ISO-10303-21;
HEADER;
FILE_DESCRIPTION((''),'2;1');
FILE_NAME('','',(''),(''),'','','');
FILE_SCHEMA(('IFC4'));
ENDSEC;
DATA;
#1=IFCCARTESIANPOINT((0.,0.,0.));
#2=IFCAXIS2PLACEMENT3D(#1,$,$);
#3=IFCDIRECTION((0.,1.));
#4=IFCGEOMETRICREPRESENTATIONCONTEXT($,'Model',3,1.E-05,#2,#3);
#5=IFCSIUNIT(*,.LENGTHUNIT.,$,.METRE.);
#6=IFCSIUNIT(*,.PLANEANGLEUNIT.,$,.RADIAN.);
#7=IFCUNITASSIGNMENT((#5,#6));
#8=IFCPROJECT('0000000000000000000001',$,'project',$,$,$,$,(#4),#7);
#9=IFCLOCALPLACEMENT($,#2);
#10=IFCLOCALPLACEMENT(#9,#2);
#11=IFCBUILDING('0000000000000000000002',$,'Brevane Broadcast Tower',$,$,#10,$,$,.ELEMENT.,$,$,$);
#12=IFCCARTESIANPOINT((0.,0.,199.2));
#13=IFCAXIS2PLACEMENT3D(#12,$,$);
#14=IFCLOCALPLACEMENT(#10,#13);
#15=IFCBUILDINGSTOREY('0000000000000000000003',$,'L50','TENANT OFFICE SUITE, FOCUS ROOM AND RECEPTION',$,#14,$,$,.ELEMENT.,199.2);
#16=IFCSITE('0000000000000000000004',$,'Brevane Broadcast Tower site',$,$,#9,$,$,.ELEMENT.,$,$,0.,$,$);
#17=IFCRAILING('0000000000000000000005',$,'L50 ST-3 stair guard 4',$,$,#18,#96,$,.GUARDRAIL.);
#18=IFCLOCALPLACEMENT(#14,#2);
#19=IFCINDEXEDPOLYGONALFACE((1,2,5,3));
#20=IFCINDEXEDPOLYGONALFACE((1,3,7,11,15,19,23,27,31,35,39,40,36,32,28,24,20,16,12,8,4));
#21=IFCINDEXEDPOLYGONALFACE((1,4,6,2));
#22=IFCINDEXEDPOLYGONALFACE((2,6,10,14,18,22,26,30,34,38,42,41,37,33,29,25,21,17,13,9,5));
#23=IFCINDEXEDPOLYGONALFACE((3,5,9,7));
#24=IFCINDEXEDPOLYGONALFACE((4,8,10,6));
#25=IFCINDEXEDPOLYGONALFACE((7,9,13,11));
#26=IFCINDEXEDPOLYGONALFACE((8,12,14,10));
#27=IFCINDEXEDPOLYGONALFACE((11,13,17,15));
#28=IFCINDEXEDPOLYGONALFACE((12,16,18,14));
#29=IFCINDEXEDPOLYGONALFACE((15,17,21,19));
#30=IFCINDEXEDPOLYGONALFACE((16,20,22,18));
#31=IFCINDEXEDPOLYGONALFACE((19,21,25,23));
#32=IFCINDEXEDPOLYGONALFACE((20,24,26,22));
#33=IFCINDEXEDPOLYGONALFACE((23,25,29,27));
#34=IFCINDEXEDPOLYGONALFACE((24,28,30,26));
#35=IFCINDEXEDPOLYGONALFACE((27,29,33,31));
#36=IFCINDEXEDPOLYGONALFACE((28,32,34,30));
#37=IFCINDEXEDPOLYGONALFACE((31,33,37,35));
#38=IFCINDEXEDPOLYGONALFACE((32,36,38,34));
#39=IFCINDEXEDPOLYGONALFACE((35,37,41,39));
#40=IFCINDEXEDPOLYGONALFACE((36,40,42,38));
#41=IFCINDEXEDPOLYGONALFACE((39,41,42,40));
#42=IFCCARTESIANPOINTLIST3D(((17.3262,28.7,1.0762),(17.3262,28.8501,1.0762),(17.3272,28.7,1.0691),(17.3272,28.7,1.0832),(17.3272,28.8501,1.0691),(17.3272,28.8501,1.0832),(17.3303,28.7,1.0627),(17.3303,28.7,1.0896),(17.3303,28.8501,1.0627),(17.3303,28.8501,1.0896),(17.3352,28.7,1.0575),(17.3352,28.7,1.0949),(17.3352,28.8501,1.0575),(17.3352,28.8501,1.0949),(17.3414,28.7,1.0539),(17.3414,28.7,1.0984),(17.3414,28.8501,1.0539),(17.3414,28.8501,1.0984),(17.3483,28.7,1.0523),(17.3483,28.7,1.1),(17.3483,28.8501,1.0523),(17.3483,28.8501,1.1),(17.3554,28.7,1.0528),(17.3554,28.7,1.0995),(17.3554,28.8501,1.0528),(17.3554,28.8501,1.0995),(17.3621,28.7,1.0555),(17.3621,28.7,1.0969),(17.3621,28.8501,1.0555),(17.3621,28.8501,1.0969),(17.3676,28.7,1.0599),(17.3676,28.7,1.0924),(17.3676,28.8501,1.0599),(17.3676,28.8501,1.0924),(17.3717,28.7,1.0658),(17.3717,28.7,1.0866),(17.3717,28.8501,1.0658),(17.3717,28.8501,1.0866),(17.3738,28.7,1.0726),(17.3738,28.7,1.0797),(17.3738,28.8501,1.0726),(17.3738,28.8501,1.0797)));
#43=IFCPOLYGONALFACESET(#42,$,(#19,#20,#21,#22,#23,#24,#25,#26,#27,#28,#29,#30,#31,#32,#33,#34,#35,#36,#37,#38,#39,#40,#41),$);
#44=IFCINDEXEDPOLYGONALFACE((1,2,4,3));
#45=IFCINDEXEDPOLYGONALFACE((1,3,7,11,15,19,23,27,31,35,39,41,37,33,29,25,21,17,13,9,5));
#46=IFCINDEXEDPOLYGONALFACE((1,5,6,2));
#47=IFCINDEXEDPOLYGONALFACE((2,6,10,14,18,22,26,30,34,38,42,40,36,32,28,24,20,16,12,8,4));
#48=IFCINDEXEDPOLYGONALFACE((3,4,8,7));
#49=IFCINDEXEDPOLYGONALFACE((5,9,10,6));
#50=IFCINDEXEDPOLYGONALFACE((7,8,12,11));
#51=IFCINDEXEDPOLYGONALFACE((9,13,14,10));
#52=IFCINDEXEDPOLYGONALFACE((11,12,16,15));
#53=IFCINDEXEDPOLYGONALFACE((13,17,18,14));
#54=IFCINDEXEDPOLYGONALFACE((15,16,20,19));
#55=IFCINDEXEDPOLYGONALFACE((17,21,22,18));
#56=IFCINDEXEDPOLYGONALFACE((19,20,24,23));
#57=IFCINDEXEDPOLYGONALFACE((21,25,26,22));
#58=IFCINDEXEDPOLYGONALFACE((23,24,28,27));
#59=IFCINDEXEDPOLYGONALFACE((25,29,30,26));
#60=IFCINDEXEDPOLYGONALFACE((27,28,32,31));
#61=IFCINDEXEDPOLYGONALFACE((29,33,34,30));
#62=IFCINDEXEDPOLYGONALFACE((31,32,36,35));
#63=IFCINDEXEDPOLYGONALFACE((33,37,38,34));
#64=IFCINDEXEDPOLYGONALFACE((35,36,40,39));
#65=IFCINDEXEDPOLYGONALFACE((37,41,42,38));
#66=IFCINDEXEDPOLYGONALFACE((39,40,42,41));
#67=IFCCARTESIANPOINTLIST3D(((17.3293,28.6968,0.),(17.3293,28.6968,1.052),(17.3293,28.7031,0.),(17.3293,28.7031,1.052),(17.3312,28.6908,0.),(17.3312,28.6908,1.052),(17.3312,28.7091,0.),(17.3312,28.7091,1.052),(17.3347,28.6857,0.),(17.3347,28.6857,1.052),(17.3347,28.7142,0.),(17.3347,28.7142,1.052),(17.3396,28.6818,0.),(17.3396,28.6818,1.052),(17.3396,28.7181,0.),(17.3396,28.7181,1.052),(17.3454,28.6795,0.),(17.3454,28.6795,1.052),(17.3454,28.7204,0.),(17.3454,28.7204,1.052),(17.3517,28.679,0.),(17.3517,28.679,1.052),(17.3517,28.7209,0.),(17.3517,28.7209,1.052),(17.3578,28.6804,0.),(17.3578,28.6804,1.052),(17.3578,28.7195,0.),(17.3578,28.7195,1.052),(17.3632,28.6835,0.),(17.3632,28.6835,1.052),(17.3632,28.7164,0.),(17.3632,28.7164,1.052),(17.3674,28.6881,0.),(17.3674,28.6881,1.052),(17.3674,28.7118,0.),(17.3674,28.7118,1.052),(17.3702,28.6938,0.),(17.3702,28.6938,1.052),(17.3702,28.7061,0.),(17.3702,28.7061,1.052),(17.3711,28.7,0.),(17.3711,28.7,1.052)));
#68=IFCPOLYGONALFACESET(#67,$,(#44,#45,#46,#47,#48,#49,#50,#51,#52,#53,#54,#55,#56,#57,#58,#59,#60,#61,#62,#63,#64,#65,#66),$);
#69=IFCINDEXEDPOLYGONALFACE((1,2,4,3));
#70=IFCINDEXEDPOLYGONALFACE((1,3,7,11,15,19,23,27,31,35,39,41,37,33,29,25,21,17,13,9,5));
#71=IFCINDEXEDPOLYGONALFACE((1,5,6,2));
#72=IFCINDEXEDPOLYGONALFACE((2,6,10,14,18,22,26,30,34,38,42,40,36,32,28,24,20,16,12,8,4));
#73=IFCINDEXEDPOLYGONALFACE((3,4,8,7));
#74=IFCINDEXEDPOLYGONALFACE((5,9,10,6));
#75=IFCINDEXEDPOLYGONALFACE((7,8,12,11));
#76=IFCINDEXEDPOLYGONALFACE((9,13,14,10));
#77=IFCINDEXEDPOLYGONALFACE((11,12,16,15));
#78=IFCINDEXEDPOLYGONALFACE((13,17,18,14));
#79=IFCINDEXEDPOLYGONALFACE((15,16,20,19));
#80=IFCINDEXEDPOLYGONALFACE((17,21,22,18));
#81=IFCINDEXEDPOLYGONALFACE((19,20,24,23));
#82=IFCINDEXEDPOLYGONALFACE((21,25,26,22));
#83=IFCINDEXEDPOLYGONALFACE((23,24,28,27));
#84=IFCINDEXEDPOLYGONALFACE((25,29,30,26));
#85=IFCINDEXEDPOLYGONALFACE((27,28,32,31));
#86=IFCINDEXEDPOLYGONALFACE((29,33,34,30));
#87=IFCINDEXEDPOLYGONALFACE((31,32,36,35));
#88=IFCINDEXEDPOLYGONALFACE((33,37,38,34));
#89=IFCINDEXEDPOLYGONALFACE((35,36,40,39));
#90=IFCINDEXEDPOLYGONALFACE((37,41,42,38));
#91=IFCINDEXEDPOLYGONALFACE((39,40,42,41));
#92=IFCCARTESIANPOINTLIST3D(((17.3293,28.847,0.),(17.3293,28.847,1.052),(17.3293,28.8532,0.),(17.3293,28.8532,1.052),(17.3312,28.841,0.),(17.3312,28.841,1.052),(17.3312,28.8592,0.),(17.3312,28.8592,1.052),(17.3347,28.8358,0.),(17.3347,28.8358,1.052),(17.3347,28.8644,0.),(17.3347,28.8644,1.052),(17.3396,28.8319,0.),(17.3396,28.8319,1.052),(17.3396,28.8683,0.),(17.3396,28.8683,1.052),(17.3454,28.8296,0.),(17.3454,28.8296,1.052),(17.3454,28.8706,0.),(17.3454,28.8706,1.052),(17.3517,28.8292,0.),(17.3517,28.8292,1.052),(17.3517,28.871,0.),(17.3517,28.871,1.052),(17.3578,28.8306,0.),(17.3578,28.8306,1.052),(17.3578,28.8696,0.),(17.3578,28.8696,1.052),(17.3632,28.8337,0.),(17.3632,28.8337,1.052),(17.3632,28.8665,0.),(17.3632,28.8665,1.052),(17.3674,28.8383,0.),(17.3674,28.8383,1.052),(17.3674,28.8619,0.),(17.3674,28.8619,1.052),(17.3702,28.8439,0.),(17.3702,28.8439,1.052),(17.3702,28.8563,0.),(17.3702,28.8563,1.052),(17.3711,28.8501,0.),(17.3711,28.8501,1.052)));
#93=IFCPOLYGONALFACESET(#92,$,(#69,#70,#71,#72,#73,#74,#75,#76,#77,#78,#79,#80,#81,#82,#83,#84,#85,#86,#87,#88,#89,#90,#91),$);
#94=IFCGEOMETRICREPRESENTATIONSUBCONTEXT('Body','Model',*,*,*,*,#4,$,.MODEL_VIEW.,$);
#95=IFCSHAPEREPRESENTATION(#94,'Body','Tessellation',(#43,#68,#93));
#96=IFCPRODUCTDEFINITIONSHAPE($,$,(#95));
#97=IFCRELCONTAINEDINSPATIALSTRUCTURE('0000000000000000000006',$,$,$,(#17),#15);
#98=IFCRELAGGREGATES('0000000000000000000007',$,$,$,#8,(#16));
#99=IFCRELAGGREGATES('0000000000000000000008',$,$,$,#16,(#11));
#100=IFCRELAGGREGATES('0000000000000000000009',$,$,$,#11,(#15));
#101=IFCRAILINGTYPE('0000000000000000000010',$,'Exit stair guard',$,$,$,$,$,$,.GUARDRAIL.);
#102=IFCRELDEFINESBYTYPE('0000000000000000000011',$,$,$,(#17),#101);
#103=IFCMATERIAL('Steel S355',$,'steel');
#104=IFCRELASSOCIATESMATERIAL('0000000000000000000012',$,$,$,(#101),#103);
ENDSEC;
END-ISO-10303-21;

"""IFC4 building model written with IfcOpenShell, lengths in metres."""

from ifc_helpers import new_model, si_unit, direction, frame, origin, origin_2d, place, context, subcontext, project, spatial, circle, extrude, material, type_object, element, save


model = new_model("IFC4")

# Units and contexts
model_context = context("Model", 3, precision=1e-05, world=origin(), true_north=direction((0.0, 1.0)))
body_context = subcontext(model_context, "Body", "Model", "MODEL_VIEW")
ifc_project = project(units=[si_unit("LENGTHUNIT", "METRE"), si_unit("PLANEANGLEUNIT", "RADIAN")], contexts=[model_context])

# Site, building, storey
site_placement = place(None, origin())
site = spatial("IfcSite", under=ifc_project, at=site_placement, Name="Brevane Broadcast Tower site", CompositionType="ELEMENT", RefElevation=0.0)
building_placement = place(site_placement, origin())
building = spatial("IfcBuilding", under=site, at=building_placement, Name="Brevane Broadcast Tower", CompositionType="ELEMENT")
storey_placement = place(building_placement, frame((0.0, 0.0, 199.2)))
storey = spatial("IfcBuildingStorey", under=building, at=storey_placement, Name="L50", Description="TENANT OFFICE SUITE, FOCUS ROOM AND RECEPTION", CompositionType="ELEMENT", Elevation=199.2)

# Railing
ifc_material_1 = material(Name="Steel S355", Category="steel")
railing_type_1 = type_object("IfcRailingType", Name="Exit stair guard", PredefinedType="GUARDRAIL", material=ifc_material_1)
railing_1_placement = place(storey_placement, frame((17.3501, 28.7, 0.0)))
element("IfcRailing", 1, at=railing_1_placement, inside=storey, type_object=railing_type_1, Name="L50 ST-3 stair guard 4", PredefinedType="GUARDRAIL", context=body_context, shape_type="SweptSolid", body=[
    extrude(circle(Radius=0.0239, at=origin_2d()), frame((0.0, 0.0, 1.0762), z_axis=(0.0, 1.0, 0.0), x_axis=(-1.0, 0.0, 0.0)), (0.0, 0.0, 1.0), 0.1501),
    extrude(circle(Radius=0.021, at=origin_2d()), origin(), (0.0, 0.0, 1.0), 1.052),
    extrude(circle(Radius=0.021, at=origin_2d()), frame((0.0, 0.1501, 0.0)), (0.0, 0.0, 1.0), 1.052),
])

save(model, "model.ifc")
